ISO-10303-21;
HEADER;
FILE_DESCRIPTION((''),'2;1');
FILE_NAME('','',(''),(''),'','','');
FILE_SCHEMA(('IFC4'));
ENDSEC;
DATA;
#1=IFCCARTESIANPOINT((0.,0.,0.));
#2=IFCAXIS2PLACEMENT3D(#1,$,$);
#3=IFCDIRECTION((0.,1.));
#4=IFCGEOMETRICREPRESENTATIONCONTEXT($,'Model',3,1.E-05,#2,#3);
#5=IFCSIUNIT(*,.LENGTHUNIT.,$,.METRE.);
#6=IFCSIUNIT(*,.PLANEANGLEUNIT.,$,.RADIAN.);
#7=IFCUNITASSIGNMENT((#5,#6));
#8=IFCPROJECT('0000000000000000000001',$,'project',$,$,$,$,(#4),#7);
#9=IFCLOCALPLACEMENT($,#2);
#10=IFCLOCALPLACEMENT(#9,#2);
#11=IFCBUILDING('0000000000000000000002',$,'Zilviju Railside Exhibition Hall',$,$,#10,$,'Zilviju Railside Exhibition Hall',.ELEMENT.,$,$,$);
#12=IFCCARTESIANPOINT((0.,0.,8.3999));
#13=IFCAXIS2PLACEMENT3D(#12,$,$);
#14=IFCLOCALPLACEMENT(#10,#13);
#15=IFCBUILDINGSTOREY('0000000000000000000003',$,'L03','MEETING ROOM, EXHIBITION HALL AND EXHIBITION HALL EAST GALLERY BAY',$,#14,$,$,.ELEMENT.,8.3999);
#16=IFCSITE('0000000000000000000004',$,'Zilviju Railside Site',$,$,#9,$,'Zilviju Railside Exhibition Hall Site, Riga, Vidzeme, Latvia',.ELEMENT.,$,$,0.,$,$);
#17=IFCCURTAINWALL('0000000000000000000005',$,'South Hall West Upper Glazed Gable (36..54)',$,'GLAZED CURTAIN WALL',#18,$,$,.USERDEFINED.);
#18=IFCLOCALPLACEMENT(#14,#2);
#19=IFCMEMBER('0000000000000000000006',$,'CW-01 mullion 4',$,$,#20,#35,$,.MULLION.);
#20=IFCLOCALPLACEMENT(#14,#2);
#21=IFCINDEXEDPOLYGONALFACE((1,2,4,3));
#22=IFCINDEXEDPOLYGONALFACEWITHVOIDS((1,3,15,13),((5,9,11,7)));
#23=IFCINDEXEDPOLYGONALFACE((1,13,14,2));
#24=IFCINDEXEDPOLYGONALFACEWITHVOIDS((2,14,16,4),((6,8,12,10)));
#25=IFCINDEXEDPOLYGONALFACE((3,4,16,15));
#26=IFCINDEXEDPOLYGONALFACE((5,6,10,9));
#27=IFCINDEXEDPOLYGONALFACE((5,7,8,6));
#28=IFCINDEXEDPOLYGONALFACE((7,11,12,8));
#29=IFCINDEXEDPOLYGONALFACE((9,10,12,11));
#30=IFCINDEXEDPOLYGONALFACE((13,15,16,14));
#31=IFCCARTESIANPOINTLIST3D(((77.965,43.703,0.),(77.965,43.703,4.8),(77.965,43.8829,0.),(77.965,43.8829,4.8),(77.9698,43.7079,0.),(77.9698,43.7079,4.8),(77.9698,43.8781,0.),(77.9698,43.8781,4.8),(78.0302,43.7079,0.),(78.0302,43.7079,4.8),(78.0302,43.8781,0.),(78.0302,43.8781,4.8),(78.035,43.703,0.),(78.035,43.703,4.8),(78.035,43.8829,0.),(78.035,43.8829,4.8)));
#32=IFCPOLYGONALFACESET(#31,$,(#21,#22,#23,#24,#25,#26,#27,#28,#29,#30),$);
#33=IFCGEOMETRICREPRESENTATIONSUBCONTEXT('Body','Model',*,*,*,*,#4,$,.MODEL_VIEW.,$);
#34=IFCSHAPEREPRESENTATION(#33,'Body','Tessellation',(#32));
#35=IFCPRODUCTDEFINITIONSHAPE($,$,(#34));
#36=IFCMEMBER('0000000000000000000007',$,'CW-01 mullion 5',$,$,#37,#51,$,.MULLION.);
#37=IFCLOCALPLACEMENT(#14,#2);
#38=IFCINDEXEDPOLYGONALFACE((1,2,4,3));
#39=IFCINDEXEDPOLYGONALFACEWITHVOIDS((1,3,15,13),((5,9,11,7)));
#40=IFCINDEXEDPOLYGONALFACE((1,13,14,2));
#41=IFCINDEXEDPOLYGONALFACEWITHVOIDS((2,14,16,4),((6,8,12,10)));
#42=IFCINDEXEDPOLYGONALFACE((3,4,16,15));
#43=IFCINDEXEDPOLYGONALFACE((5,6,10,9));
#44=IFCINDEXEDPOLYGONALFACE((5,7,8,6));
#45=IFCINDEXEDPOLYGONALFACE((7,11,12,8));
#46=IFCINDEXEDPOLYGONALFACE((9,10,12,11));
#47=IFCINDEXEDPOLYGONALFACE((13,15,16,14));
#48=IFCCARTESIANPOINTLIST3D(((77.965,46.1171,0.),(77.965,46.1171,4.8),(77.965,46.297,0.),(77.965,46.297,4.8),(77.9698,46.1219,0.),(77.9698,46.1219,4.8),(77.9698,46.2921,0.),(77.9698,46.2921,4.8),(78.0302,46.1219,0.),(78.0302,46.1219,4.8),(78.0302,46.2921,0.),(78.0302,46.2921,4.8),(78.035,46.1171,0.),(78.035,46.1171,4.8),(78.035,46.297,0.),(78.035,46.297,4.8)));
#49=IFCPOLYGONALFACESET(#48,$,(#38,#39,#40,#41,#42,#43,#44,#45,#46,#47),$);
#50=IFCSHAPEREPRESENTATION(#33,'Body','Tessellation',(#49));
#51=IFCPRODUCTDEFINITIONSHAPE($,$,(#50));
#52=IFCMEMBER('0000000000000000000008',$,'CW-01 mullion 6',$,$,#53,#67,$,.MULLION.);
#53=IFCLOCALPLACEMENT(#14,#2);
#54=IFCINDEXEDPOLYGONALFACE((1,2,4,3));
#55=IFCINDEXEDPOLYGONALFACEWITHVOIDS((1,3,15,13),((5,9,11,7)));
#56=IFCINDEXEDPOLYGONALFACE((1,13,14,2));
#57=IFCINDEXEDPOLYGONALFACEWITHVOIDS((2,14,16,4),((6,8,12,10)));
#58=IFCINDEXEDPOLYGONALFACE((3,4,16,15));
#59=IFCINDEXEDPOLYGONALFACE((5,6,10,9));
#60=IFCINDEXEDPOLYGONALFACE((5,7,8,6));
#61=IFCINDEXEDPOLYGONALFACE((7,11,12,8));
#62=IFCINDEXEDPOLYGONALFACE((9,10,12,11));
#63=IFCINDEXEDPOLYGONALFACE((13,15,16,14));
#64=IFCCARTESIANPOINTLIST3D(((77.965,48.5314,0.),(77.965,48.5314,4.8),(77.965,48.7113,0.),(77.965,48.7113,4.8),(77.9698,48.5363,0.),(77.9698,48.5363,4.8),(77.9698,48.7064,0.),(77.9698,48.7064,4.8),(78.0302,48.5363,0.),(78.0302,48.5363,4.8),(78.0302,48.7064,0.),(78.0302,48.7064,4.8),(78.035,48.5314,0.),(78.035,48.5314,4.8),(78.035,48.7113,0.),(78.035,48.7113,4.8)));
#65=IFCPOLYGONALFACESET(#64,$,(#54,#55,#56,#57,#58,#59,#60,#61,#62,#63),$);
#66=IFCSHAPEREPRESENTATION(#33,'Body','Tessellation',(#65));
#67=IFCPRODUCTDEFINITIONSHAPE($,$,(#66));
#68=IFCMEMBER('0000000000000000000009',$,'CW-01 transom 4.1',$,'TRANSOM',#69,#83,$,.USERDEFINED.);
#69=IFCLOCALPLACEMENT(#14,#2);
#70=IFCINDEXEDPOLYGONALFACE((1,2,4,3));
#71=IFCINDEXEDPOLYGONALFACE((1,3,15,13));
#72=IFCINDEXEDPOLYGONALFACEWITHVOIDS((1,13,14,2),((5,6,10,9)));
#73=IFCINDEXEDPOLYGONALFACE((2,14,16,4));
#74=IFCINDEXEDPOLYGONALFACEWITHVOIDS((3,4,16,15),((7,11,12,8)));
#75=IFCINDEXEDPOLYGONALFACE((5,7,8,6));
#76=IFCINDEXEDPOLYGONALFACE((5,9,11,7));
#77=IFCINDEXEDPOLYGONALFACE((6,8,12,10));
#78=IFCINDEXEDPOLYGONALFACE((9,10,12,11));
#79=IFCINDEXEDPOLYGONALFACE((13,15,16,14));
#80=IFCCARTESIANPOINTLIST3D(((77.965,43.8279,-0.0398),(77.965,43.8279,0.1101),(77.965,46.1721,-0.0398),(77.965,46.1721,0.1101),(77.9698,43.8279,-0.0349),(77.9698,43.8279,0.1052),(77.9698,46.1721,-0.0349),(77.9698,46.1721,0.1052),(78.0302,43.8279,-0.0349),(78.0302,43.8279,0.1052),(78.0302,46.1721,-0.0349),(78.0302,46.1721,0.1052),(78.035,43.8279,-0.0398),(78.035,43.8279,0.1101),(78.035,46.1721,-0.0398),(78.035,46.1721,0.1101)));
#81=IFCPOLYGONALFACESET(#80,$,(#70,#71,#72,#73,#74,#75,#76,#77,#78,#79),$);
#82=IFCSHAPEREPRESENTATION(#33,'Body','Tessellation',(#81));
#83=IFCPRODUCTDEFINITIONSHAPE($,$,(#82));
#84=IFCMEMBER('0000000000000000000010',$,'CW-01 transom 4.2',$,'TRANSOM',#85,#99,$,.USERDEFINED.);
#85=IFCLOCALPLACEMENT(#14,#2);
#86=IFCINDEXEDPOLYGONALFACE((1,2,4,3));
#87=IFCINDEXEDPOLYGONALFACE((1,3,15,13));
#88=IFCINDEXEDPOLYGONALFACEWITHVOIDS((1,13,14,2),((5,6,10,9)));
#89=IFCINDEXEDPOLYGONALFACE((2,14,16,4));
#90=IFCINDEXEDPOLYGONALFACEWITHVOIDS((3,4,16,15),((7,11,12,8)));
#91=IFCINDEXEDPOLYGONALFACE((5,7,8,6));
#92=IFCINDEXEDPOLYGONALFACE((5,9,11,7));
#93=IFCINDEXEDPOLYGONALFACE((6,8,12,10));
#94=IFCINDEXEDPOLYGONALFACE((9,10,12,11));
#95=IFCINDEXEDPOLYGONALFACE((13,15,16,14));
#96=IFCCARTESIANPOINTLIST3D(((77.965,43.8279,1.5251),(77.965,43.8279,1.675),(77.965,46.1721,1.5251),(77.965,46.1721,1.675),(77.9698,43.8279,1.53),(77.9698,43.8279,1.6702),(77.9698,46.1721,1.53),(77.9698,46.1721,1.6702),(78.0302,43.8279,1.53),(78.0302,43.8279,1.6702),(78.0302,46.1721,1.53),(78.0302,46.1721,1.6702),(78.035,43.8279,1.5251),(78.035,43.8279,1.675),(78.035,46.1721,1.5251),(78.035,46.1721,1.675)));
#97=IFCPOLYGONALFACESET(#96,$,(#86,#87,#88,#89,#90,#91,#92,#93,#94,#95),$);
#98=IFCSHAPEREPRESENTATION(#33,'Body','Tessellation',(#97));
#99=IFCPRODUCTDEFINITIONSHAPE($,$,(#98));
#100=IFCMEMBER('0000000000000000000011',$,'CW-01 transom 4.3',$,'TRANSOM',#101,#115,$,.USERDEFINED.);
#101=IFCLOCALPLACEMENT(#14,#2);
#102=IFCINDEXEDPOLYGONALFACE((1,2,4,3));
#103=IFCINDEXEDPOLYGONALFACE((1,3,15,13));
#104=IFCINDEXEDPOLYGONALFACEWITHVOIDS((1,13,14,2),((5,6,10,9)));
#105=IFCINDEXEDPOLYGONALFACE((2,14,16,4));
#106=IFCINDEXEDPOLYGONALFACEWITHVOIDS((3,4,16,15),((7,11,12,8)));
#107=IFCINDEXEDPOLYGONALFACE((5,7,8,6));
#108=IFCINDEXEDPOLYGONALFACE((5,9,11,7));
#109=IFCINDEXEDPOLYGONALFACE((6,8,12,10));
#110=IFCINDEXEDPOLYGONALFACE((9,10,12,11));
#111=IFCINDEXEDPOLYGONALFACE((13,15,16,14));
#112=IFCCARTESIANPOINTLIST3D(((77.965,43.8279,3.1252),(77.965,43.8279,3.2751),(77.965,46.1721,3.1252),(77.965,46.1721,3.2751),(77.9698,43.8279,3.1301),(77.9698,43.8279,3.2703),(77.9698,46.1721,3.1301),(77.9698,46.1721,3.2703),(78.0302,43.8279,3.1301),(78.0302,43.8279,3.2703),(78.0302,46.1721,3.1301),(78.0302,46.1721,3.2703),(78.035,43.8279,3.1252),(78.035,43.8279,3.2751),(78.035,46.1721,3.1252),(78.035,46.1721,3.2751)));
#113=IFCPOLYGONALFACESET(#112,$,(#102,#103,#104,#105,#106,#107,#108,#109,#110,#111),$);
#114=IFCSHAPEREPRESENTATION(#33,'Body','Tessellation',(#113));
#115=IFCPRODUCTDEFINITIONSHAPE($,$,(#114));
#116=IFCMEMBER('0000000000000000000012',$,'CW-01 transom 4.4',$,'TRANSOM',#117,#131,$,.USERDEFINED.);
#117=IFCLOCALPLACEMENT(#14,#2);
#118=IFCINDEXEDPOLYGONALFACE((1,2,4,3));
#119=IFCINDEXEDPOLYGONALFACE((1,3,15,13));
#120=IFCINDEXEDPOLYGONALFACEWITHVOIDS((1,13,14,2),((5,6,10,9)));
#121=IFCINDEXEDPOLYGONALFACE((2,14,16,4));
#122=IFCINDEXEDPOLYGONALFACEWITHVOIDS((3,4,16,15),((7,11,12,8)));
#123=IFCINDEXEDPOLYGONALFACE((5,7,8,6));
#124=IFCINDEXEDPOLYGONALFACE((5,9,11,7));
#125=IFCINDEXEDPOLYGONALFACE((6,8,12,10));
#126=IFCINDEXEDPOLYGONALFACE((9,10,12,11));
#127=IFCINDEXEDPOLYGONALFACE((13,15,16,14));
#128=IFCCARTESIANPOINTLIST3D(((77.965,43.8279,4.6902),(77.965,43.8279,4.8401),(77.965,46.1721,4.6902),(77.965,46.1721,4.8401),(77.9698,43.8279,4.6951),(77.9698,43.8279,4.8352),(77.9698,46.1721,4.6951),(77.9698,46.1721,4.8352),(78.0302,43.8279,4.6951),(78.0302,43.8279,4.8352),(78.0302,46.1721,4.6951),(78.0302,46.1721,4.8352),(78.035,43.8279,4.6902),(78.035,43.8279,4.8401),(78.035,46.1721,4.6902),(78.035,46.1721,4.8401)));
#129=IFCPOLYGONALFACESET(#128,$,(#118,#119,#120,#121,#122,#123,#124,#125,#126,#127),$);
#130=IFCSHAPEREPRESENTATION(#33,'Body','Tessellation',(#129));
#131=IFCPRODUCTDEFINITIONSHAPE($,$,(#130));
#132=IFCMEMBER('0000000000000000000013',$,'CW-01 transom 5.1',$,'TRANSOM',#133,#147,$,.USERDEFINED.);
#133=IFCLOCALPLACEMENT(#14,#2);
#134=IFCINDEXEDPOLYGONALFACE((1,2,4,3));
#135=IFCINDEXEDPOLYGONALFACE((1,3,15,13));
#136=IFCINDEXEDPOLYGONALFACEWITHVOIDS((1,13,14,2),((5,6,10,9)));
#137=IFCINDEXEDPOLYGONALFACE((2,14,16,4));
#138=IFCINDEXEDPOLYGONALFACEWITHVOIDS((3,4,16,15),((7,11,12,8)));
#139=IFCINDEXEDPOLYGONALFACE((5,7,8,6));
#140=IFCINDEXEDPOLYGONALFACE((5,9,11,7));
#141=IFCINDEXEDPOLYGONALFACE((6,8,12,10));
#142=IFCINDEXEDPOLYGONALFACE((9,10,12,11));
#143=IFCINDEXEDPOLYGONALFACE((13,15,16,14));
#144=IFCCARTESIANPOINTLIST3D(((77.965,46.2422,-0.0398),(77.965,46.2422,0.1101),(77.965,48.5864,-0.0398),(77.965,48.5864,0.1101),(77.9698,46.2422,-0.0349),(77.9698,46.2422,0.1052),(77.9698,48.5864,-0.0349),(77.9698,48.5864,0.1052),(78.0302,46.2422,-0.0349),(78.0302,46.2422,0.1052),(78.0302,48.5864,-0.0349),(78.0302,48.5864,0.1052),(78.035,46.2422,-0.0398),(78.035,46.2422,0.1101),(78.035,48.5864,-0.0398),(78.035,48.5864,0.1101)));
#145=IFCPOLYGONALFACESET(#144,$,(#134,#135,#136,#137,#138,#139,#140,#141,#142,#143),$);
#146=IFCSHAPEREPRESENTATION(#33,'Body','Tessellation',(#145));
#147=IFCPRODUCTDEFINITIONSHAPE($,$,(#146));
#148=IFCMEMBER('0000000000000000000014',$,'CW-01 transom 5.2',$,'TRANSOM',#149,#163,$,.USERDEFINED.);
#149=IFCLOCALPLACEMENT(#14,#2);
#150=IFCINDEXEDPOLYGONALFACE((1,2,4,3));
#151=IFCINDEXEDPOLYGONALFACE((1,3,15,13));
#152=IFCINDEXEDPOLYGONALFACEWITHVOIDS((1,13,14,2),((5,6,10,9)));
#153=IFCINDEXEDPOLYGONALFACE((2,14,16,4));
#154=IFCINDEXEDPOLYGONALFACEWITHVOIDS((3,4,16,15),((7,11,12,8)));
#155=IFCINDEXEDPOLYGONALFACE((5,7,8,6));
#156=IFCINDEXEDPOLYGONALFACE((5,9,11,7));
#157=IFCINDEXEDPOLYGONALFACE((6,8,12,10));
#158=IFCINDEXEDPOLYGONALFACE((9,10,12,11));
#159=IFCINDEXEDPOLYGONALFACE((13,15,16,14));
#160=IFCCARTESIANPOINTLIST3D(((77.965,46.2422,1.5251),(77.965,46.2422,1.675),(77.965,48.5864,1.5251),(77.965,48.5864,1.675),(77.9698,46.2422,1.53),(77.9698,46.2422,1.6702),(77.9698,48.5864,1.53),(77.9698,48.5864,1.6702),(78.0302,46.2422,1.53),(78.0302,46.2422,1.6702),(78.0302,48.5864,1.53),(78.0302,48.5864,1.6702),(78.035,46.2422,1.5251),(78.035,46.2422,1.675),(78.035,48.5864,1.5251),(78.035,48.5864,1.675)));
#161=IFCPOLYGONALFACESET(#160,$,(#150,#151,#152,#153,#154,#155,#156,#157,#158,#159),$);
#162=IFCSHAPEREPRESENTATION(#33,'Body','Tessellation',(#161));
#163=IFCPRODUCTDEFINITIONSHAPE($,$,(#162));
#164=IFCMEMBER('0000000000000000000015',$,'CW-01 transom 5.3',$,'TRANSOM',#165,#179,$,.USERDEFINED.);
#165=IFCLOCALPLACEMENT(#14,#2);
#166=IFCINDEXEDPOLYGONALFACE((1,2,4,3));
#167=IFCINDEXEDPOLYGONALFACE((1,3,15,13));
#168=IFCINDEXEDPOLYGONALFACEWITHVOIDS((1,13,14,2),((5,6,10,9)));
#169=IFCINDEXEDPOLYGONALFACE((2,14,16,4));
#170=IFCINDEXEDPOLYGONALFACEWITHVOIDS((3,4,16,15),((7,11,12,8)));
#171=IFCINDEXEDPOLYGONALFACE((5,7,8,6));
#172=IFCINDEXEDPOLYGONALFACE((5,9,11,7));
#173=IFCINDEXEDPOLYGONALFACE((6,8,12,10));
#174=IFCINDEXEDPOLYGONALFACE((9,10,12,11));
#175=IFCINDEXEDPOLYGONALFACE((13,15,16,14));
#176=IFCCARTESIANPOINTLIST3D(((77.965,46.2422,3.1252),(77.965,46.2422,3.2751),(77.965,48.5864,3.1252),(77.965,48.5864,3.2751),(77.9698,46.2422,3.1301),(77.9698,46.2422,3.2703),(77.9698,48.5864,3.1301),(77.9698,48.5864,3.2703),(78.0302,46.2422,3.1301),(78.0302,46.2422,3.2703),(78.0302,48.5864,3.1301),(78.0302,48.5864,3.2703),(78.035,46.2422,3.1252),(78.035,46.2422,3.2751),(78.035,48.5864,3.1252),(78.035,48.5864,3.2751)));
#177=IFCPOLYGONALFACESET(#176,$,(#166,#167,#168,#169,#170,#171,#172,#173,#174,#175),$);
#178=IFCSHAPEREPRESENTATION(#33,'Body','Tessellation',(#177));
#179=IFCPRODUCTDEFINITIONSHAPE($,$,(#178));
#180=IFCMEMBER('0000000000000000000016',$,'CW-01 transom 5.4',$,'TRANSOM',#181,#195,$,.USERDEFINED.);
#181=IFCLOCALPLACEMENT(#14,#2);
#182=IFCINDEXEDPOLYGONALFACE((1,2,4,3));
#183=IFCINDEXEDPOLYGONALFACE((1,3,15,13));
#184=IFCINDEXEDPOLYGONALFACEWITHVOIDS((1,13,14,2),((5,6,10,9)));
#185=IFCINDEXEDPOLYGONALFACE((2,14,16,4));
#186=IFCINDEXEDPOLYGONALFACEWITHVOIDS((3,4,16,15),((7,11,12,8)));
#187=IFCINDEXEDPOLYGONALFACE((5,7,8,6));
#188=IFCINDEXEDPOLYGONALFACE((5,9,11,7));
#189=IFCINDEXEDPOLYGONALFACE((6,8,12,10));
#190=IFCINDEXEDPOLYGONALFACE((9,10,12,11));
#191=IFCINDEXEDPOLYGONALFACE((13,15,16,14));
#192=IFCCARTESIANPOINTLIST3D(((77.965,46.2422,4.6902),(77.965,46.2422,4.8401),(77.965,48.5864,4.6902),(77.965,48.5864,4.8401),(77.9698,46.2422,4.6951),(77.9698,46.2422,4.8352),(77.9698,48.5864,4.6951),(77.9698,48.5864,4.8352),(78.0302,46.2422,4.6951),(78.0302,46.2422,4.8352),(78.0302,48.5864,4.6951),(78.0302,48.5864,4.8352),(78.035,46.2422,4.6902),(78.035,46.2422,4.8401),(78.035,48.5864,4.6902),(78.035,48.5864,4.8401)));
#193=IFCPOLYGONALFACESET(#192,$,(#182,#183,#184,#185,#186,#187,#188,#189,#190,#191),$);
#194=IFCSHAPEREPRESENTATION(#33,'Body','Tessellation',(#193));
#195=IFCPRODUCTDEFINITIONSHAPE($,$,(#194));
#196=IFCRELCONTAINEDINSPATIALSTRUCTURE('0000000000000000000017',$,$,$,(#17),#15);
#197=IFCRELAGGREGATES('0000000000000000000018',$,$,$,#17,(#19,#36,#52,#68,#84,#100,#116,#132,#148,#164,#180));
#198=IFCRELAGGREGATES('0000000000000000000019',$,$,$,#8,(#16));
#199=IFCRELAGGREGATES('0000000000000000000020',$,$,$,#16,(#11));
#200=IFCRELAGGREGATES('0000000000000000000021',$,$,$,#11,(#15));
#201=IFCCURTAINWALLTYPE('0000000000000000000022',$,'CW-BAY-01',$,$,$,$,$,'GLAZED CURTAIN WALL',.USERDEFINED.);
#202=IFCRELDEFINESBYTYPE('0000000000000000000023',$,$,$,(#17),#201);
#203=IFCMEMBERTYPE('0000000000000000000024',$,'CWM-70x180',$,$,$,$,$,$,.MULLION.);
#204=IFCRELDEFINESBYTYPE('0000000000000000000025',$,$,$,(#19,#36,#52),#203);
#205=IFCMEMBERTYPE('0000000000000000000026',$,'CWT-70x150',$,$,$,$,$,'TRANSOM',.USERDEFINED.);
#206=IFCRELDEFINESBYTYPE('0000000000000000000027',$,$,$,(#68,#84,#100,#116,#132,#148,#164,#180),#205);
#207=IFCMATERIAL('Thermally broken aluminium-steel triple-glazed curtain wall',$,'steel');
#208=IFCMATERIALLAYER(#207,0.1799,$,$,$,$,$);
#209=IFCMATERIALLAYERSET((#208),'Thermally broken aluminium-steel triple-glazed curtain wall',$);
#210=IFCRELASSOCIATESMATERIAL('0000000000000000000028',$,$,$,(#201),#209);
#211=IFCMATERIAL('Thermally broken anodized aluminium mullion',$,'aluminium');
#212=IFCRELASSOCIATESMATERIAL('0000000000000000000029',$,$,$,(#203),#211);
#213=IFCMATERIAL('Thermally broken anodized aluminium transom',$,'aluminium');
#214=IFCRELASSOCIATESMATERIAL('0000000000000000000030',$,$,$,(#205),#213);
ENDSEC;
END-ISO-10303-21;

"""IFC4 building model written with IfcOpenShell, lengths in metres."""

from ifc_helpers import new_model, si_unit, direction, frame, origin, origin_2d, place, context, subcontext, project, spatial, hollow_rectangle, extrude, material, layer, layer_set, material_profile, profile_set, type_object, element, aggregate, save


model = new_model("IFC4")

# Units and contexts
model_context = context("Model", 3, precision=1e-05, world=origin(), true_north=direction((0.0, 1.0)))
body_context = subcontext(model_context, "Body", "Model", "MODEL_VIEW")
ifc_project = project(units=[si_unit("LENGTHUNIT", "METRE"), si_unit("PLANEANGLEUNIT", "RADIAN")], contexts=[model_context])

# Site, building, storey
site_placement = place(None, origin())
site = spatial("IfcSite", under=ifc_project, at=site_placement, Name="Zilviju Railside Site", LongName="Zilviju Railside Exhibition Hall Site, Riga, Vidzeme, Latvia", CompositionType="ELEMENT", RefElevation=0.0)
building_placement = place(site_placement, origin())
building = spatial("IfcBuilding", under=site, at=building_placement, Name="Zilviju Railside Exhibition Hall", LongName="Zilviju Railside Exhibition Hall", CompositionType="ELEMENT")
storey_placement = place(building_placement, frame((0.0, 0.0, 8.3999)))
storey = spatial("IfcBuildingStorey", under=building, at=storey_placement, Name="L03", Description="MEETING ROOM, EXHIBITION HALL AND EXHIBITION HALL EAST GALLERY BAY", CompositionType="ELEMENT", Elevation=8.3999)

# Curtain wall, members
ifc_material_1 = material(Name="Thermally broken aluminium-steel triple-glazed curtain wall", Category="steel")
ifc_layer_1 = layer(ifc_material_1, 0.1799)
ifc_layer_set_1 = layer_set([ifc_layer_1], Name="Thermally broken aluminium-steel triple-glazed curtain wall")
curtain_wall_type = type_object("IfcCurtainWallType", Name="CW-BAY-01", ElementType="GLAZED CURTAIN WALL", PredefinedType="USERDEFINED", material=ifc_layer_set_1)
curtain_wall_placement = place(storey_placement, origin())
curtain_wall = element("IfcCurtainWall", 1, at=curtain_wall_placement, inside=storey, type_object=curtain_wall_type, Name="South Hall West Upper Glazed Gable (36..54)", ObjectType="GLAZED CURTAIN WALL", PredefinedType="USERDEFINED")
ifc_material_2 = material(Name="Thermally broken anodized aluminium mullion", Category="aluminium")
ifc_material_profile_1 = material_profile(ifc_material_2, hollow_rectangle(XDim=0.0701, YDim=0.1799, WallThickness=0.0049, at=origin_2d()), Name="MULLION 180x70x5")
ifc_profile_set_1 = profile_set([ifc_material_profile_1], Name="Thermally broken anodized aluminium mullion")
member_type_1 = type_object("IfcMemberType", Name="CWM-70x180", PredefinedType="MULLION", material=ifc_profile_set_1)
member_1_placement = place(storey_placement, frame((78.0, 43.793, 0.0), z_axis=(0.0, 0.0, 1.0), x_axis=(-1.0, 0.0, 0.0)))
member_1 = element("IfcMember", 2, at=member_1_placement, type_object=member_type_1, Name="CW-01 mullion 4", PredefinedType="MULLION", context=body_context, shape_type="SweptSolid", body=[
    extrude(hollow_rectangle(XDim=0.0701, YDim=0.1799, WallThickness=0.0049, at=origin_2d()), origin(), (0.0, 0.0, 1.0), 4.8),
])
member_2_placement = place(storey_placement, frame((78.0, 46.207, 0.0), z_axis=(0.0, 0.0, 1.0), x_axis=(-1.0, 0.0, 0.0)))
member_2 = element("IfcMember", 3, at=member_2_placement, type_object=member_type_1, Name="CW-01 mullion 5", PredefinedType="MULLION", context=body_context, shape_type="SweptSolid", body=[
    extrude(hollow_rectangle(XDim=0.0701, YDim=0.1799, WallThickness=0.0049, at=origin_2d()), origin(), (0.0, 0.0, 1.0), 4.8),
])
member_3_placement = place(storey_placement, frame((78.0, 48.6213, 0.0), z_axis=(0.0, 0.0, 1.0), x_axis=(-1.0, 0.0, 0.0)))
member_3 = element("IfcMember", 4, at=member_3_placement, type_object=member_type_1, Name="CW-01 mullion 6", PredefinedType="MULLION", context=body_context, shape_type="SweptSolid", body=[
    extrude(hollow_rectangle(XDim=0.0701, YDim=0.1799, WallThickness=0.0049, at=origin_2d()), origin(), (0.0, 0.0, 1.0), 4.8),
])
ifc_material_3 = material(Name="Thermally broken anodized aluminium transom", Category="aluminium")
ifc_material_profile_2 = material_profile(ifc_material_3, hollow_rectangle(XDim=0.0701, YDim=0.1499, WallThickness=0.0049, at=origin_2d()), Name="TRANSOM 150x70x5")
ifc_profile_set_2 = profile_set([ifc_material_profile_2], Name="Thermally broken anodized aluminium transom")
member_type_2 = type_object("IfcMemberType", Name="CWT-70x150", ElementType="TRANSOM", PredefinedType="USERDEFINED", material=ifc_profile_set_2)
member_4_placement = place(storey_placement, frame((78.0, 43.8279, 0.0352), z_axis=(0.0, 1.0, 0.0), x_axis=(-1.0, 0.0, 0.0)))
member_4 = element("IfcMember", 5, at=member_4_placement, type_object=member_type_2, Name="CW-01 transom 4.1", ObjectType="TRANSOM", PredefinedType="USERDEFINED", context=body_context, shape_type="SweptSolid", body=[
    extrude(hollow_rectangle(XDim=0.0701, YDim=0.1499, WallThickness=0.0049, at=origin_2d()), origin(), (0.0, 0.0, 1.0), 2.3442),
])
member_5_placement = place(storey_placement, frame((78.0, 43.8279, 1.6001), z_axis=(0.0, 1.0, 0.0), x_axis=(-1.0, 0.0, 0.0)))
member_5 = element("IfcMember", 6, at=member_5_placement, type_object=member_type_2, Name="CW-01 transom 4.2", ObjectType="TRANSOM", PredefinedType="USERDEFINED", context=body_context, shape_type="SweptSolid", body=[
    extrude(hollow_rectangle(XDim=0.0701, YDim=0.1499, WallThickness=0.0049, at=origin_2d()), origin(), (0.0, 0.0, 1.0), 2.3442),
])
member_6_placement = place(storey_placement, frame((78.0, 43.8279, 3.2002), z_axis=(0.0, 1.0, 0.0), x_axis=(-1.0, 0.0, 0.0)))
member_6 = element("IfcMember", 7, at=member_6_placement, type_object=member_type_2, Name="CW-01 transom 4.3", ObjectType="TRANSOM", PredefinedType="USERDEFINED", context=body_context, shape_type="SweptSolid", body=[
    extrude(hollow_rectangle(XDim=0.0701, YDim=0.1499, WallThickness=0.0049, at=origin_2d()), origin(), (0.0, 0.0, 1.0), 2.3442),
])
member_7_placement = place(storey_placement, frame((78.0, 43.8279, 4.7651), z_axis=(0.0, 1.0, 0.0), x_axis=(-1.0, 0.0, 0.0)))
member_7 = element("IfcMember", 8, at=member_7_placement, type_object=member_type_2, Name="CW-01 transom 4.4", ObjectType="TRANSOM", PredefinedType="USERDEFINED", context=body_context, shape_type="SweptSolid", body=[
    extrude(hollow_rectangle(XDim=0.0701, YDim=0.1499, WallThickness=0.0049, at=origin_2d()), origin(), (0.0, 0.0, 1.0), 2.3442),
])
member_8_placement = place(storey_placement, frame((78.0, 46.2422, 0.0352), z_axis=(0.0, 1.0, 0.0), x_axis=(-1.0, 0.0, 0.0)))
member_8 = element("IfcMember", 9, at=member_8_placement, type_object=member_type_2, Name="CW-01 transom 5.1", ObjectType="TRANSOM", PredefinedType="USERDEFINED", context=body_context, shape_type="SweptSolid", body=[
    extrude(hollow_rectangle(XDim=0.0701, YDim=0.1499, WallThickness=0.0049, at=origin_2d()), origin(), (0.0, 0.0, 1.0), 2.3442),
])
member_9_placement = place(storey_placement, frame((78.0, 46.2422, 1.6001), z_axis=(0.0, 1.0, 0.0), x_axis=(-1.0, 0.0, 0.0)))
member_9 = element("IfcMember", 10, at=member_9_placement, type_object=member_type_2, Name="CW-01 transom 5.2", ObjectType="TRANSOM", PredefinedType="USERDEFINED", context=body_context, shape_type="SweptSolid", body=[
    extrude(hollow_rectangle(XDim=0.0701, YDim=0.1499, WallThickness=0.0049, at=origin_2d()), origin(), (0.0, 0.0, 1.0), 2.3442),
])
member_10_placement = place(storey_placement, frame((78.0, 46.2422, 3.2002), z_axis=(0.0, 1.0, 0.0), x_axis=(-1.0, 0.0, 0.0)))
member_10 = element("IfcMember", 11, at=member_10_placement, type_object=member_type_2, Name="CW-01 transom 5.3", ObjectType="TRANSOM", PredefinedType="USERDEFINED", context=body_context, shape_type="SweptSolid", body=[
    extrude(hollow_rectangle(XDim=0.0701, YDim=0.1499, WallThickness=0.0049, at=origin_2d()), origin(), (0.0, 0.0, 1.0), 2.3442),
])
member_11_placement = place(storey_placement, frame((78.0, 46.2422, 4.7651), z_axis=(0.0, 1.0, 0.0), x_axis=(-1.0, 0.0, 0.0)))
member_11 = element("IfcMember", 12, at=member_11_placement, type_object=member_type_2, Name="CW-01 transom 5.4", ObjectType="TRANSOM", PredefinedType="USERDEFINED", context=body_context, shape_type="SweptSolid", body=[
    extrude(hollow_rectangle(XDim=0.0701, YDim=0.1499, WallThickness=0.0049, at=origin_2d()), origin(), (0.0, 0.0, 1.0), 2.3442),
])
aggregate(curtain_wall, [member_1, member_2, member_3, member_4, member_5, member_6, member_7, member_8, member_9, member_10, member_11])

save(model, "model.ifc")
